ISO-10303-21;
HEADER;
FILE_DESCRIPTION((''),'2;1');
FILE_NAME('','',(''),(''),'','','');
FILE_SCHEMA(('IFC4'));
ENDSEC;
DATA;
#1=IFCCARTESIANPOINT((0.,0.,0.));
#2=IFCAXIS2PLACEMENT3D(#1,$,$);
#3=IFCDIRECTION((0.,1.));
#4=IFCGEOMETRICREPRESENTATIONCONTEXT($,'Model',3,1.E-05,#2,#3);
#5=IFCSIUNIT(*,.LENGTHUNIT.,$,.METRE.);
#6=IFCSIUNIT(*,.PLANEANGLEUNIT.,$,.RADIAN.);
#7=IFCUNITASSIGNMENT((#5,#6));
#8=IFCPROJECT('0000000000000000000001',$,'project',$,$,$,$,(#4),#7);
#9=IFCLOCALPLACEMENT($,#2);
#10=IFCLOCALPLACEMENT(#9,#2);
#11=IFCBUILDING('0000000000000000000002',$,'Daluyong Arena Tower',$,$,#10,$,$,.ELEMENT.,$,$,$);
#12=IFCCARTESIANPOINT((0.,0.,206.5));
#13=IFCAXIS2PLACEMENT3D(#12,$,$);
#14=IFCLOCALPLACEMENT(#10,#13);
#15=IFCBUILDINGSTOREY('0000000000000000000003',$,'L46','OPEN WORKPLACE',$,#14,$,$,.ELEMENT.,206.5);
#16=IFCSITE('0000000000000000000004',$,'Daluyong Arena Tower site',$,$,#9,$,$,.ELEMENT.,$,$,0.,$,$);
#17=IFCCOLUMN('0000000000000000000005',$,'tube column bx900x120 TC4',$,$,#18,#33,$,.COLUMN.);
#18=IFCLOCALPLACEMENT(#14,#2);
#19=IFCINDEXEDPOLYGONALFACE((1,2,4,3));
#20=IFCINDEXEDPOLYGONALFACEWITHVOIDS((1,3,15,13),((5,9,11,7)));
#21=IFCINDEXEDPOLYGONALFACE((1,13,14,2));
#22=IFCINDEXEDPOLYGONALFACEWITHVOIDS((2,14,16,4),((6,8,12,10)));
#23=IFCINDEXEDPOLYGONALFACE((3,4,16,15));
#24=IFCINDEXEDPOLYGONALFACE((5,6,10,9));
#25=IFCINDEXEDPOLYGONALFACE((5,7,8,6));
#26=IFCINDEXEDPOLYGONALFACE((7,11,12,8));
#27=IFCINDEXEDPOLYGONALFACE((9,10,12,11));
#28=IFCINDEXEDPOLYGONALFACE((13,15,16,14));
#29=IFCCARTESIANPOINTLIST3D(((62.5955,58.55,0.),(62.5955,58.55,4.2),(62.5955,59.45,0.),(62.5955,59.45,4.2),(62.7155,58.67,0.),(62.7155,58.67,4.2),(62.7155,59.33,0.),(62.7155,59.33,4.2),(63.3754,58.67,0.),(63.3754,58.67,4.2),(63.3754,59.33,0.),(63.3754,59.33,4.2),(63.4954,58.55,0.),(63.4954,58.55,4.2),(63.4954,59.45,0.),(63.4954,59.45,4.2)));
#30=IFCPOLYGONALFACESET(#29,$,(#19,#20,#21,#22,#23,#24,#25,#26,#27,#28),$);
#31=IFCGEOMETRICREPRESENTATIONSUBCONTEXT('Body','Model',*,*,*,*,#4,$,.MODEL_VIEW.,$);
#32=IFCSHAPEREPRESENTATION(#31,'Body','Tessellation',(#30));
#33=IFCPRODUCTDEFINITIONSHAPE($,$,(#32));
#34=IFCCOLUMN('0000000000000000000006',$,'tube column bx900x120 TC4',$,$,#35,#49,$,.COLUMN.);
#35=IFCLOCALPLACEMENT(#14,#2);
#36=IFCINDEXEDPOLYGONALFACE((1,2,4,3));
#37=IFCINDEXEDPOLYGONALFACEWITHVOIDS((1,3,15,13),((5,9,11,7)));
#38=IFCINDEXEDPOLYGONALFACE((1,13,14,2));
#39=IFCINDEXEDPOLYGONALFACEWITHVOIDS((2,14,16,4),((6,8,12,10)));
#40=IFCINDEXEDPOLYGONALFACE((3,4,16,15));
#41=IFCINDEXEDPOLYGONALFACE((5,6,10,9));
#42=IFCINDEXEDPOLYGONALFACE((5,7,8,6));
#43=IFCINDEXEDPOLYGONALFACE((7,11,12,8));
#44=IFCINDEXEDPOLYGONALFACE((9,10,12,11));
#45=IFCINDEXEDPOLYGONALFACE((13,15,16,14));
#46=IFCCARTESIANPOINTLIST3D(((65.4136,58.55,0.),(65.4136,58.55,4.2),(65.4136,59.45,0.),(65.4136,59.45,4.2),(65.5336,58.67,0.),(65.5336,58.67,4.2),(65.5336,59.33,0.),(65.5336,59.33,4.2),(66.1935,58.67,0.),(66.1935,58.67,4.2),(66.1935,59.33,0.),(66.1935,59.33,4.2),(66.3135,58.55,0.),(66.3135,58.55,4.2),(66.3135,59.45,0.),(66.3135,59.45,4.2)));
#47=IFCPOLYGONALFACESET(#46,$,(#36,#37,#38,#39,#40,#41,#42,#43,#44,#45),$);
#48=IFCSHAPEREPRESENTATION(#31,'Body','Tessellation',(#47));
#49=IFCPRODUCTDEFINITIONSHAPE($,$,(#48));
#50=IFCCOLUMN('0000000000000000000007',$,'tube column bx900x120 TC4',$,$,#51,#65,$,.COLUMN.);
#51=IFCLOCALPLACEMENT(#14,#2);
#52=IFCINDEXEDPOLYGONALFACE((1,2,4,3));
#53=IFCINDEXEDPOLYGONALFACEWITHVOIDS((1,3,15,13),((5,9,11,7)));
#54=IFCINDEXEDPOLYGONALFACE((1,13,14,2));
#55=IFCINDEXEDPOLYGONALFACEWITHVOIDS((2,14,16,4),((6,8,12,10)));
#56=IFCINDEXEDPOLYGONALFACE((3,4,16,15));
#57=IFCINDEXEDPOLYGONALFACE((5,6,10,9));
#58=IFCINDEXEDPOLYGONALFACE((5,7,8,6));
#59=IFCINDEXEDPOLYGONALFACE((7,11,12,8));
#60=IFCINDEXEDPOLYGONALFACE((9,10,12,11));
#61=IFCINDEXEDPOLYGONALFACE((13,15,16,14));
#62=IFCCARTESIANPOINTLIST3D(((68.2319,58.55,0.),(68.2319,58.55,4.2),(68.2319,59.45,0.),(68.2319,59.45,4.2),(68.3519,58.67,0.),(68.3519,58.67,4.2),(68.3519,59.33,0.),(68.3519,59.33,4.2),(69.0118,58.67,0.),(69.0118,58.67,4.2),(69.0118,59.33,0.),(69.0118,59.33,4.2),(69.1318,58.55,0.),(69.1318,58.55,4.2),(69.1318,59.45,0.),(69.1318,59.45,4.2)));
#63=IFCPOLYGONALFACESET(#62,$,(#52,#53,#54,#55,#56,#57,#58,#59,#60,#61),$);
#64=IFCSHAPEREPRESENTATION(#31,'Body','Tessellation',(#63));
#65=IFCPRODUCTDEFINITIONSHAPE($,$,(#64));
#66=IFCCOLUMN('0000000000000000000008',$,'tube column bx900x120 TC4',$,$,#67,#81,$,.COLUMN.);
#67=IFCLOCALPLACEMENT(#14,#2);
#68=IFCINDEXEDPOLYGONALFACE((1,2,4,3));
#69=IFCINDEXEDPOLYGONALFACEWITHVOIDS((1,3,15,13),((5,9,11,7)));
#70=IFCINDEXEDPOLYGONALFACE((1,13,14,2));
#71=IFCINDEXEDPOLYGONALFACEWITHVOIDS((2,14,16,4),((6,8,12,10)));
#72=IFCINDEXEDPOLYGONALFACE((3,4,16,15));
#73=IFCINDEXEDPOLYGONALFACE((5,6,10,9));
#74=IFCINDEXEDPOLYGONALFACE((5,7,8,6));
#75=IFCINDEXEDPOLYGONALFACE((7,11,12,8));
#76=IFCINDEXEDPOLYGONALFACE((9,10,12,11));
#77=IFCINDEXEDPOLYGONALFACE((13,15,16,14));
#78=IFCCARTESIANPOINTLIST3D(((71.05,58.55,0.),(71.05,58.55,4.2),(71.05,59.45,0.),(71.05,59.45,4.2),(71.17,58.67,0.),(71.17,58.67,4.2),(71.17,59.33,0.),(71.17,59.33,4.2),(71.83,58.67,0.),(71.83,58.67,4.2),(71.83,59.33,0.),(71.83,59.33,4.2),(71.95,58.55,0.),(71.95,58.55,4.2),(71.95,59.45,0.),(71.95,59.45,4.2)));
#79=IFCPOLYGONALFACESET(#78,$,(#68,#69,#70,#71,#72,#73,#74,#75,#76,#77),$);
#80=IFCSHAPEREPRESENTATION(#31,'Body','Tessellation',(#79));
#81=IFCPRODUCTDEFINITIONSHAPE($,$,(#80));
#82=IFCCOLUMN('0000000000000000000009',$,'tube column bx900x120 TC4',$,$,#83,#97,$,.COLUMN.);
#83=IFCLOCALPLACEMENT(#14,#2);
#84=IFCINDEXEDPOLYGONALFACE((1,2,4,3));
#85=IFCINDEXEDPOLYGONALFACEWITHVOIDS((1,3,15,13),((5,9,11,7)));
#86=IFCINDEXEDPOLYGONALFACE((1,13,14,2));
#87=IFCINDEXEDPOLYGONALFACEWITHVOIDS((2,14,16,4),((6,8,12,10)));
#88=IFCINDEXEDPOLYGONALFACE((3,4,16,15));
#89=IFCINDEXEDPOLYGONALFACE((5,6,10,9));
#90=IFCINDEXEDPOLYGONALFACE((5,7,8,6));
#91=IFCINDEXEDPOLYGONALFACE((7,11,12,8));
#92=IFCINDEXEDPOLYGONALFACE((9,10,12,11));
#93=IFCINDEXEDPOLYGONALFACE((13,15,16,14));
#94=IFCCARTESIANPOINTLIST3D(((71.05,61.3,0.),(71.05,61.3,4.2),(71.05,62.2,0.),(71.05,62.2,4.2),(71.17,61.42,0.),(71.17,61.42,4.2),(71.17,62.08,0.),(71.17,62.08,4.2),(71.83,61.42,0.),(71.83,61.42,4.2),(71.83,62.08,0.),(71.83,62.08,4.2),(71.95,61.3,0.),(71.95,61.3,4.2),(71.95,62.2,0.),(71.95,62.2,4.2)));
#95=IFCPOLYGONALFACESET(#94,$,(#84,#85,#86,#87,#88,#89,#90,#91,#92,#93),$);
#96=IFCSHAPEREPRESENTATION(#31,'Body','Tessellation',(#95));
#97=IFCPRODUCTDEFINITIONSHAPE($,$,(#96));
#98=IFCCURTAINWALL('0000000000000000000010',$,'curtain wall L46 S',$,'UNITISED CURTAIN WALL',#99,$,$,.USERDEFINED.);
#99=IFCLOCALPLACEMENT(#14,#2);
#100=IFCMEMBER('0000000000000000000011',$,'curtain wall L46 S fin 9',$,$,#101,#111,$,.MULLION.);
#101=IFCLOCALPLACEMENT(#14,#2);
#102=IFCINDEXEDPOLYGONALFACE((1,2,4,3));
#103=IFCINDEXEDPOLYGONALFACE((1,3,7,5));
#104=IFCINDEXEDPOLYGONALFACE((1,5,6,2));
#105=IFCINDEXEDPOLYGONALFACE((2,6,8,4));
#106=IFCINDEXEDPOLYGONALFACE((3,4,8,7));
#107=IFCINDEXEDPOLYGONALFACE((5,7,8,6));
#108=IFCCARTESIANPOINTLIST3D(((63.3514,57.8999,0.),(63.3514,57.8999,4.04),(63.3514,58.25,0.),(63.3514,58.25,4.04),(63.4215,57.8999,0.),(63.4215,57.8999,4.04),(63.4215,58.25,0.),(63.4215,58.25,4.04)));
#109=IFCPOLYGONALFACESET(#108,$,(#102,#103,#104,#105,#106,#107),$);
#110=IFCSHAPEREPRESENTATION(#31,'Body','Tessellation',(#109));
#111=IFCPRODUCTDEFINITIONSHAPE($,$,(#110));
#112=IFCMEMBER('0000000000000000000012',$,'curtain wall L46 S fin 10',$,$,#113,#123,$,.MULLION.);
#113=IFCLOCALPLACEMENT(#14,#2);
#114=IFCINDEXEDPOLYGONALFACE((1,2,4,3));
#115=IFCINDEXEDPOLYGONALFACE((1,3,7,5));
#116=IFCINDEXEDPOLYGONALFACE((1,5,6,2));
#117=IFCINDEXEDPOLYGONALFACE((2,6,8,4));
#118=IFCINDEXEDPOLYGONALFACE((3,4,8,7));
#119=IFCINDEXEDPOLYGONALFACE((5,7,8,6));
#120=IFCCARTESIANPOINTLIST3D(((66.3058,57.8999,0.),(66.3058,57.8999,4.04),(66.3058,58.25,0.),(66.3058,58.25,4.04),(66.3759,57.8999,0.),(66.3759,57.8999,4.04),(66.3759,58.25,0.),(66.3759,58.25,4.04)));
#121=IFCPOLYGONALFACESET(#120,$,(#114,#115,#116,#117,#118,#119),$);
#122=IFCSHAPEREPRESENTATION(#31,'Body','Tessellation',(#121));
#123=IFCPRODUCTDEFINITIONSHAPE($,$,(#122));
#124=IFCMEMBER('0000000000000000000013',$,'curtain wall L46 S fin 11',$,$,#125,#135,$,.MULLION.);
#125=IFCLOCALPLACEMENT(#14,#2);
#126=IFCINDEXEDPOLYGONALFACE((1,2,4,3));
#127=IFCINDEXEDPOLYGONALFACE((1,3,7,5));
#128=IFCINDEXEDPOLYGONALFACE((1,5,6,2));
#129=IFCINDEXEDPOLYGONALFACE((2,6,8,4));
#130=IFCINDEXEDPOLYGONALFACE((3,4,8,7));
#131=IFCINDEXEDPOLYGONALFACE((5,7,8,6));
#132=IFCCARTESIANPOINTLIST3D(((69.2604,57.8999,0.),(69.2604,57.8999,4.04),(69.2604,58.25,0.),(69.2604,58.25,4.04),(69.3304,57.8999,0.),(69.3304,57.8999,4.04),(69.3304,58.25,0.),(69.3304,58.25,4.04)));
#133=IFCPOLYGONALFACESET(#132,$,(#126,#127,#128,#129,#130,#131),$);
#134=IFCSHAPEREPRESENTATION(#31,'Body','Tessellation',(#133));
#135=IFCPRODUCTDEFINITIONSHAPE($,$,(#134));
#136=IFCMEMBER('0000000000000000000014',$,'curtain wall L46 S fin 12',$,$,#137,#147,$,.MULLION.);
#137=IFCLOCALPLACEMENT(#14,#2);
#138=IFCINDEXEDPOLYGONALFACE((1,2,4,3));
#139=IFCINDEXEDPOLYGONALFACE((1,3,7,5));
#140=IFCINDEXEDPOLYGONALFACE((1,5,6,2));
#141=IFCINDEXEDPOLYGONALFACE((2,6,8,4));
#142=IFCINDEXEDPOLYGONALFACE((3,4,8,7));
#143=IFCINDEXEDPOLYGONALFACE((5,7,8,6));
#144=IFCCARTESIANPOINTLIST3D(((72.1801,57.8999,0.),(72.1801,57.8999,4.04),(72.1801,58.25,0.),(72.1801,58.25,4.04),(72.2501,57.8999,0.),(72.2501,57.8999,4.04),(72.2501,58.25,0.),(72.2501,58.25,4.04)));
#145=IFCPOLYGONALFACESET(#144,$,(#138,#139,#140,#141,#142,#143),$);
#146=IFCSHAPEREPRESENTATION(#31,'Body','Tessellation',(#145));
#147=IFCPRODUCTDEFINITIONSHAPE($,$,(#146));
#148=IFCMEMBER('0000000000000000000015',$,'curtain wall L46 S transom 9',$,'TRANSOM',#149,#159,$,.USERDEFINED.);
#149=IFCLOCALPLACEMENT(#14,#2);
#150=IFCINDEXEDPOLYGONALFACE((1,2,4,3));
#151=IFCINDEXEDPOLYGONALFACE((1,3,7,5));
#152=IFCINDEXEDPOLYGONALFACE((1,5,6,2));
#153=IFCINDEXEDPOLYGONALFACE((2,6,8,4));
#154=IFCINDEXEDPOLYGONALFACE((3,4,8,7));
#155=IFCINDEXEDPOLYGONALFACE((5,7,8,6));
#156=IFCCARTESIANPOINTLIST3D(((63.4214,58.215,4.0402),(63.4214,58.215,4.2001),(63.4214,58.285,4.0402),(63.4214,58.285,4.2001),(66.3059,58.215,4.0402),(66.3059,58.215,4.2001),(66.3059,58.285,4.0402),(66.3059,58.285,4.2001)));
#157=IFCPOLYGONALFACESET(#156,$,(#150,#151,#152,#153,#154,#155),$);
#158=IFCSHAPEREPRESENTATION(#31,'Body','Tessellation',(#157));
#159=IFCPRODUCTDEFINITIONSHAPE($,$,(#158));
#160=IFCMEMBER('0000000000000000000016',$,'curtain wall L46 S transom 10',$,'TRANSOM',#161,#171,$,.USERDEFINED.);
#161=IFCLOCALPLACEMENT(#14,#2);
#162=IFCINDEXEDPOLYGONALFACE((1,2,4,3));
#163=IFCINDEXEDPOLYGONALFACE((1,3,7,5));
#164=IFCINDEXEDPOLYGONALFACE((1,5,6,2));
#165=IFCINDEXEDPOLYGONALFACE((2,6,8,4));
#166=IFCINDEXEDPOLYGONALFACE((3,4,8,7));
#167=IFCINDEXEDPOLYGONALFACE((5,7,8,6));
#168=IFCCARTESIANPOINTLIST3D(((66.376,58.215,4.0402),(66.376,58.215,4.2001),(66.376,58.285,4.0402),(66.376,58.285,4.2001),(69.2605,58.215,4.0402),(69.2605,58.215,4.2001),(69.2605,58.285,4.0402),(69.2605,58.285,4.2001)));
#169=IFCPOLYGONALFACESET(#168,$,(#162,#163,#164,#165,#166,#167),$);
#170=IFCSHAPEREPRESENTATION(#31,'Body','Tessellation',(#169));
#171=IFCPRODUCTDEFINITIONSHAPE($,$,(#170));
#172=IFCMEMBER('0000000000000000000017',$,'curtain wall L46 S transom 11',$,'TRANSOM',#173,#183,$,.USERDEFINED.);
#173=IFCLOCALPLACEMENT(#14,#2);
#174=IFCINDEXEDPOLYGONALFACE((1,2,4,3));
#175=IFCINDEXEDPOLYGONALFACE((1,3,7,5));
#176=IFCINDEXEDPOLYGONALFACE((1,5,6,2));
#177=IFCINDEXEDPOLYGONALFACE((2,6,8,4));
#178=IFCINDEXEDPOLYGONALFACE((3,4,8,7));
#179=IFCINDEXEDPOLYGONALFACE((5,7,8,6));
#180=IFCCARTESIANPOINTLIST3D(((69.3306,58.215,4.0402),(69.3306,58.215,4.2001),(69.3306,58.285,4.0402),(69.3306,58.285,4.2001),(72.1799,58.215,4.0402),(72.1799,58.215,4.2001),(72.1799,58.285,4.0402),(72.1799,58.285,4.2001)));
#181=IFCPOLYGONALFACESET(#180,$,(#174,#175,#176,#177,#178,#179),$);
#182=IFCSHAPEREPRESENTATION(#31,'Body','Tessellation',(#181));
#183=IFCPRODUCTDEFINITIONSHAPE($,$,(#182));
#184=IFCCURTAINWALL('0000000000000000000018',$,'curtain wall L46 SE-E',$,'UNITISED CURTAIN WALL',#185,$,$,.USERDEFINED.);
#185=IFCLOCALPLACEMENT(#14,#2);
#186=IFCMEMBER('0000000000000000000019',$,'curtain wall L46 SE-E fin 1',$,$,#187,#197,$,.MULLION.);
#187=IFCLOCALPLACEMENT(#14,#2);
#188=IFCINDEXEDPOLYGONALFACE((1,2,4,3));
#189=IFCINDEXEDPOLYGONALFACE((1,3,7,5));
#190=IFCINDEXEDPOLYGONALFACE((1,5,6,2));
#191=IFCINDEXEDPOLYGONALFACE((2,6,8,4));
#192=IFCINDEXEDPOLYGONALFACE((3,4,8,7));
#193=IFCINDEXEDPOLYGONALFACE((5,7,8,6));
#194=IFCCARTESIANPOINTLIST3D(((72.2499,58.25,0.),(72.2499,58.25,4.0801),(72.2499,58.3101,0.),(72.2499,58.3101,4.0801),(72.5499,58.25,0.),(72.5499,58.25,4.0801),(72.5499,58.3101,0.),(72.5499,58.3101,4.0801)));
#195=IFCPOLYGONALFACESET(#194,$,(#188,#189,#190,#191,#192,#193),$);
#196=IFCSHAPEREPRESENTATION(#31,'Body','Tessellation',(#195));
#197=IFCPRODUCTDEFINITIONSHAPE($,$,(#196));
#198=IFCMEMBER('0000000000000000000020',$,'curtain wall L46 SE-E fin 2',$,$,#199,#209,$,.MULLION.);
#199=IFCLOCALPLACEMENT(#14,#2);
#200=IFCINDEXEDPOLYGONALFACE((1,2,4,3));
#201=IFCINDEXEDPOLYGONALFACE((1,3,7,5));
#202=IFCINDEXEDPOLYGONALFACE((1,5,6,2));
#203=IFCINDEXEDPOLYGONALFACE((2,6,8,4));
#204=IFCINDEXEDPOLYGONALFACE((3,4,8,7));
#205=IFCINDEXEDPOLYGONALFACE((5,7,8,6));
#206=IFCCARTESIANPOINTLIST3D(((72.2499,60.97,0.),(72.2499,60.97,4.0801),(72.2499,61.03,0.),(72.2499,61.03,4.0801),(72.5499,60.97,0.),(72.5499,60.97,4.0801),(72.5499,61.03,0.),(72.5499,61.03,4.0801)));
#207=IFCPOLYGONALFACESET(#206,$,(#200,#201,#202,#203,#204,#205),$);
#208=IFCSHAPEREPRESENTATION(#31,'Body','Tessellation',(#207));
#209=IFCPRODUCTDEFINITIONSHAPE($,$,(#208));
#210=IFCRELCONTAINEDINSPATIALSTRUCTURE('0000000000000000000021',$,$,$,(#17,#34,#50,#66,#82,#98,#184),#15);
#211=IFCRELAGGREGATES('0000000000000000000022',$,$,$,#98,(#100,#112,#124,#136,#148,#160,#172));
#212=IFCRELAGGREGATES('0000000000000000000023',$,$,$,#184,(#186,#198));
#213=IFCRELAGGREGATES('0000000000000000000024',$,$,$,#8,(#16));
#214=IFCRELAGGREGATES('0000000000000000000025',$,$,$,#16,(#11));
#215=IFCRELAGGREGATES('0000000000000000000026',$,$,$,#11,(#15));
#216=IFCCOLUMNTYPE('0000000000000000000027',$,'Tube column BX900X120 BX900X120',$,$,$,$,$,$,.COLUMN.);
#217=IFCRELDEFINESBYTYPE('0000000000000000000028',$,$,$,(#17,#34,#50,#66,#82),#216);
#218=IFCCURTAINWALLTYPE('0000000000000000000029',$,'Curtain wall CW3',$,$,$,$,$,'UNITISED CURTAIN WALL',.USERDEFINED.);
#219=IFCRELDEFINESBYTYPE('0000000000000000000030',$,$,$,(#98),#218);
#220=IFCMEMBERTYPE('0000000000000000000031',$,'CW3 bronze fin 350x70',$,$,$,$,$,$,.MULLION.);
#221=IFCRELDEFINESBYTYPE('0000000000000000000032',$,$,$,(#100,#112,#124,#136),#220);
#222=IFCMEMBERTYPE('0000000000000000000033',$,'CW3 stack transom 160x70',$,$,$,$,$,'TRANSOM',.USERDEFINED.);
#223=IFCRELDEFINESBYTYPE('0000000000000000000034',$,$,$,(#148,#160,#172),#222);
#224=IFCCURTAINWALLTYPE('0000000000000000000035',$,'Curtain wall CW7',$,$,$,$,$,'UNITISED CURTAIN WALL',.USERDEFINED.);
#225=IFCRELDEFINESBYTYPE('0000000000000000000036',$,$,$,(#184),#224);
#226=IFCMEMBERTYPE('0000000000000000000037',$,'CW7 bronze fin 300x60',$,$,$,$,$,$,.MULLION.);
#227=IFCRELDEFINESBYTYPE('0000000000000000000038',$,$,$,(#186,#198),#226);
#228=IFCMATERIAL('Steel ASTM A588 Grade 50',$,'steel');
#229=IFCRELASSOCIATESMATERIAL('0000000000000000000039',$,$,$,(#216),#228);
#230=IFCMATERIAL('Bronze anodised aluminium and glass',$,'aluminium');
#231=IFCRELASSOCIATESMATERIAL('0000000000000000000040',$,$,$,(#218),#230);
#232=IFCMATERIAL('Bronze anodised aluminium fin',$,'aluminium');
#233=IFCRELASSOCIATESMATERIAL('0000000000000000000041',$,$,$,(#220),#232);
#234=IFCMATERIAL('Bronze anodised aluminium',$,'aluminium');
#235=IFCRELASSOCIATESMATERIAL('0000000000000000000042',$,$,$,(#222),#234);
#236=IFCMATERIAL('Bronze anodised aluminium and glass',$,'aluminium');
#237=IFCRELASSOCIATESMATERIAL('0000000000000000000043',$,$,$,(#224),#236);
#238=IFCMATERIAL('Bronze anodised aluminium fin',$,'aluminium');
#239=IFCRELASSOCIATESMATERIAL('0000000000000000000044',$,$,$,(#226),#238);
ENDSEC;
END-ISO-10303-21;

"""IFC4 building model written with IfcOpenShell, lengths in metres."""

from ifc_helpers import new_model, si_unit, direction, frame, origin, origin_2d, place, context, subcontext, project, spatial, rectangle, hollow_rectangle, extrude, material, material_profile, profile_set, type_object, element, aggregate, save


model = new_model("IFC4")

# Units and contexts
model_context = context("Model", 3, precision=1e-05, world=origin(), true_north=direction((0.0, 1.0)))
body_context = subcontext(model_context, "Body", "Model", "MODEL_VIEW")
ifc_project = project(units=[si_unit("LENGTHUNIT", "METRE"), si_unit("PLANEANGLEUNIT", "RADIAN")], contexts=[model_context])

# Site, building, storey
site_placement = place(None, origin())
site = spatial("IfcSite", under=ifc_project, at=site_placement, Name="Daluyong Arena Tower site", CompositionType="ELEMENT", RefElevation=0.0)
building_placement = place(site_placement, origin())
building = spatial("IfcBuilding", under=site, at=building_placement, Name="Daluyong Arena Tower", CompositionType="ELEMENT")
storey_placement = place(building_placement, frame((0.0, 0.0, 206.5)))
storey = spatial("IfcBuildingStorey", under=building, at=storey_placement, Name="L46", Description="OPEN WORKPLACE", CompositionType="ELEMENT", Elevation=206.5)

# Columns
ifc_material_1 = material(Name="Steel ASTM A588 Grade 50", Category="steel")
ifc_material_profile_1 = material_profile(ifc_material_1, hollow_rectangle(XDim=0.8999, YDim=0.8999, WallThickness=0.12, at=origin_2d()))
ifc_profile_set_1 = profile_set([ifc_material_profile_1], Name="Steel ASTM A588 Grade 50")
column_type = type_object("IfcColumnType", Name="Tube column BX900X120 BX900X120", PredefinedType="COLUMN", material=ifc_profile_set_1)
for number, where, z_axis, x_axis, name in (
    (1, (63.0454, 59.0, 0.0), (0.0, 0.0, 1.0), (1.0, 0.0, 0.0), "tube column bx900x120 TC4"),
    (2, (65.8635, 59.0, 0.0), (0.0, 0.0, 1.0), (1.0, 0.0, 0.0), "tube column bx900x120 TC4"),
    (3, (68.6819, 59.0, 0.0), (0.0, 0.0, 1.0), (1.0, 0.0, 0.0), "tube column bx900x120 TC4"),
    (4, (71.5, 59.0, 0.0), (0.0, 0.0, 1.0), (0.0, 1.0, 0.0), "tube column bx900x120 TC4"),
    (5, (71.5, 61.75, 0.0), (0.0, 0.0, 1.0), (0.0, 1.0, 0.0), "tube column bx900x120 TC4"),
):
    element("IfcColumn", number, at=place(storey_placement, frame(where, z_axis=z_axis, x_axis=x_axis)), inside=storey, type_object=column_type, Name=name, PredefinedType="COLUMN", context=body_context, shape_type="SweptSolid", body=[
        extrude(hollow_rectangle(XDim=0.8999, YDim=0.8999, WallThickness=0.12, at=origin_2d()), origin(), (0.0, 0.0, 1.0), 4.2),
    ])

# Curtain walls, members
ifc_material_2 = material(Name="Bronze anodised aluminium and glass", Category="aluminium")
curtain_wall_type_1 = type_object("IfcCurtainWallType", Name="Curtain wall CW3", ElementType="UNITISED CURTAIN WALL", PredefinedType="USERDEFINED", material=ifc_material_2)
curtain_wall_1_placement = place(storey_placement, origin())
curtain_wall_1 = element("IfcCurtainWall", 6, at=curtain_wall_1_placement, inside=storey, type_object=curtain_wall_type_1, Name="curtain wall L46 S", ObjectType="UNITISED CURTAIN WALL", PredefinedType="USERDEFINED")
ifc_material_3 = material(Name="Bronze anodised aluminium fin", Category="aluminium")
ifc_material_profile_2 = material_profile(ifc_material_3, rectangle(XDim=0.3501, YDim=0.0701, at=origin_2d()))
ifc_profile_set_2 = profile_set([ifc_material_profile_2], Name="Bronze anodised aluminium fin")
member_type_1 = type_object("IfcMemberType", Name="CW3 bronze fin 350x70", PredefinedType="MULLION", material=ifc_profile_set_2)
member_1_placement = place(storey_placement, frame((63.3865, 58.075, 0.0), z_axis=(0.0, 0.0, 1.0), x_axis=(0.0, 1.0, 0.0)))
member_1 = element("IfcMember", 7, at=member_1_placement, type_object=member_type_1, Name="curtain wall L46 S fin 9", PredefinedType="MULLION", context=body_context, shape_type="SweptSolid", body=[
    extrude(rectangle(XDim=0.3501, YDim=0.0701, at=origin_2d()), origin(), (0.0, 0.0, 1.0), 4.04),
])
member_2_placement = place(storey_placement, frame((66.3408, 58.075, 0.0), z_axis=(0.0, 0.0, 1.0), x_axis=(0.0, 1.0, 0.0)))
member_2 = element("IfcMember", 8, at=member_2_placement, type_object=member_type_1, Name="curtain wall L46 S fin 10", PredefinedType="MULLION", context=body_context, shape_type="SweptSolid", body=[
    extrude(rectangle(XDim=0.3501, YDim=0.0701, at=origin_2d()), origin(), (0.0, 0.0, 1.0), 4.04),
])
member_3_placement = place(storey_placement, frame((69.2954, 58.075, 0.0), z_axis=(0.0, 0.0, 1.0), x_axis=(0.0, 1.0, 0.0)))
member_3 = element("IfcMember", 9, at=member_3_placement, type_object=member_type_1, Name="curtain wall L46 S fin 11", PredefinedType="MULLION", context=body_context, shape_type="SweptSolid", body=[
    extrude(rectangle(XDim=0.3501, YDim=0.0701, at=origin_2d()), origin(), (0.0, 0.0, 1.0), 4.04),
])
member_4_placement = place(storey_placement, frame((72.2151, 58.075, 0.0), z_axis=(0.0, 0.0, 1.0), x_axis=(0.0, 1.0, 0.0)))
member_4 = element("IfcMember", 10, at=member_4_placement, type_object=member_type_1, Name="curtain wall L46 S fin 12", PredefinedType="MULLION", context=body_context, shape_type="SweptSolid", body=[
    extrude(rectangle(XDim=0.3501, YDim=0.0701, at=origin_2d()), origin(), (0.0, 0.0, 1.0), 4.04),
])
ifc_material_4 = material(Name="Bronze anodised aluminium", Category="aluminium")
ifc_material_profile_3 = material_profile(ifc_material_4, rectangle(XDim=0.0701, YDim=0.1599, at=origin_2d()))
ifc_profile_set_3 = profile_set([ifc_material_profile_3], Name="Bronze anodised aluminium")
member_type_2 = type_object("IfcMemberType", Name="CW3 stack transom 160x70", ElementType="TRANSOM", PredefinedType="USERDEFINED", material=ifc_profile_set_3)
member_5_placement = place(storey_placement, frame((63.4214, 58.25, 4.1201), z_axis=(1.0, 0.0, 0.0), x_axis=(0.0, 1.0, 0.0)))
member_5 = element("IfcMember", 11, at=member_5_placement, type_object=member_type_2, Name="curtain wall L46 S transom 9", ObjectType="TRANSOM", PredefinedType="USERDEFINED", context=body_context, shape_type="SweptSolid", body=[
    extrude(rectangle(XDim=0.0701, YDim=0.1599, at=origin_2d()), origin(), (0.0, 0.0, 1.0), 2.8845),
])
member_6_placement = place(storey_placement, frame((66.376, 58.25, 4.1201), z_axis=(1.0, 0.0, 0.0), x_axis=(0.0, 1.0, 0.0)))
member_6 = element("IfcMember", 12, at=member_6_placement, type_object=member_type_2, Name="curtain wall L46 S transom 10", ObjectType="TRANSOM", PredefinedType="USERDEFINED", context=body_context, shape_type="SweptSolid", body=[
    extrude(rectangle(XDim=0.0701, YDim=0.1599, at=origin_2d()), origin(), (0.0, 0.0, 1.0), 2.8845),
])
member_7_placement = place(storey_placement, frame((69.3306, 58.25, 4.1201), z_axis=(1.0, 0.0, 0.0), x_axis=(0.0, 1.0, 0.0)))
member_7 = element("IfcMember", 13, at=member_7_placement, type_object=member_type_2, Name="curtain wall L46 S transom 11", ObjectType="TRANSOM", PredefinedType="USERDEFINED", context=body_context, shape_type="SweptSolid", body=[
    extrude(rectangle(XDim=0.0701, YDim=0.1599, at=origin_2d()), origin(), (0.0, 0.0, 1.0), 2.8494),
])
ifc_material_5 = material(Name="Bronze anodised aluminium and glass", Category="aluminium")
curtain_wall_type_2 = type_object("IfcCurtainWallType", Name="Curtain wall CW7", ElementType="UNITISED CURTAIN WALL", PredefinedType="USERDEFINED", material=ifc_material_5)
curtain_wall_2_placement = place(storey_placement, origin())
curtain_wall_2 = element("IfcCurtainWall", 14, at=curtain_wall_2_placement, inside=storey, type_object=curtain_wall_type_2, Name="curtain wall L46 SE-E", ObjectType="UNITISED CURTAIN WALL", PredefinedType="USERDEFINED")
ifc_material_6 = material(Name="Bronze anodised aluminium fin", Category="aluminium")
ifc_material_profile_4 = material_profile(ifc_material_6, rectangle(XDim=0.3, YDim=0.0601, at=origin_2d()))
ifc_profile_set_4 = profile_set([ifc_material_profile_4], Name="Bronze anodised aluminium fin")
member_type_3 = type_object("IfcMemberType", Name="CW7 bronze fin 300x60", PredefinedType="MULLION", material=ifc_profile_set_4)
member_8_placement = place(storey_placement, frame((72.3999, 58.28, 0.0), z_axis=(0.0, 0.0, 1.0), x_axis=(-1.0, 0.0, 0.0)))
member_8 = element("IfcMember", 15, at=member_8_placement, type_object=member_type_3, Name="curtain wall L46 SE-E fin 1", PredefinedType="MULLION", context=body_context, shape_type="SweptSolid", body=[
    extrude(rectangle(XDim=0.3, YDim=0.0601, at=origin_2d()), origin(), (0.0, 0.0, 1.0), 4.0801),
])
member_9_placement = place(storey_placement, frame((72.3999, 61.0, 0.0), z_axis=(0.0, 0.0, 1.0), x_axis=(-1.0, 0.0, 0.0)))
member_9 = element("IfcMember", 16, at=member_9_placement, type_object=member_type_3, Name="curtain wall L46 SE-E fin 2", PredefinedType="MULLION", context=body_context, shape_type="SweptSolid", body=[
    extrude(rectangle(XDim=0.3, YDim=0.0601, at=origin_2d()), origin(), (0.0, 0.0, 1.0), 4.0801),
])

aggregate(curtain_wall_1, [member_1, member_2, member_3, member_4, member_5, member_6, member_7])
aggregate(curtain_wall_2, [member_8, member_9])

save(model, "model.ifc")
